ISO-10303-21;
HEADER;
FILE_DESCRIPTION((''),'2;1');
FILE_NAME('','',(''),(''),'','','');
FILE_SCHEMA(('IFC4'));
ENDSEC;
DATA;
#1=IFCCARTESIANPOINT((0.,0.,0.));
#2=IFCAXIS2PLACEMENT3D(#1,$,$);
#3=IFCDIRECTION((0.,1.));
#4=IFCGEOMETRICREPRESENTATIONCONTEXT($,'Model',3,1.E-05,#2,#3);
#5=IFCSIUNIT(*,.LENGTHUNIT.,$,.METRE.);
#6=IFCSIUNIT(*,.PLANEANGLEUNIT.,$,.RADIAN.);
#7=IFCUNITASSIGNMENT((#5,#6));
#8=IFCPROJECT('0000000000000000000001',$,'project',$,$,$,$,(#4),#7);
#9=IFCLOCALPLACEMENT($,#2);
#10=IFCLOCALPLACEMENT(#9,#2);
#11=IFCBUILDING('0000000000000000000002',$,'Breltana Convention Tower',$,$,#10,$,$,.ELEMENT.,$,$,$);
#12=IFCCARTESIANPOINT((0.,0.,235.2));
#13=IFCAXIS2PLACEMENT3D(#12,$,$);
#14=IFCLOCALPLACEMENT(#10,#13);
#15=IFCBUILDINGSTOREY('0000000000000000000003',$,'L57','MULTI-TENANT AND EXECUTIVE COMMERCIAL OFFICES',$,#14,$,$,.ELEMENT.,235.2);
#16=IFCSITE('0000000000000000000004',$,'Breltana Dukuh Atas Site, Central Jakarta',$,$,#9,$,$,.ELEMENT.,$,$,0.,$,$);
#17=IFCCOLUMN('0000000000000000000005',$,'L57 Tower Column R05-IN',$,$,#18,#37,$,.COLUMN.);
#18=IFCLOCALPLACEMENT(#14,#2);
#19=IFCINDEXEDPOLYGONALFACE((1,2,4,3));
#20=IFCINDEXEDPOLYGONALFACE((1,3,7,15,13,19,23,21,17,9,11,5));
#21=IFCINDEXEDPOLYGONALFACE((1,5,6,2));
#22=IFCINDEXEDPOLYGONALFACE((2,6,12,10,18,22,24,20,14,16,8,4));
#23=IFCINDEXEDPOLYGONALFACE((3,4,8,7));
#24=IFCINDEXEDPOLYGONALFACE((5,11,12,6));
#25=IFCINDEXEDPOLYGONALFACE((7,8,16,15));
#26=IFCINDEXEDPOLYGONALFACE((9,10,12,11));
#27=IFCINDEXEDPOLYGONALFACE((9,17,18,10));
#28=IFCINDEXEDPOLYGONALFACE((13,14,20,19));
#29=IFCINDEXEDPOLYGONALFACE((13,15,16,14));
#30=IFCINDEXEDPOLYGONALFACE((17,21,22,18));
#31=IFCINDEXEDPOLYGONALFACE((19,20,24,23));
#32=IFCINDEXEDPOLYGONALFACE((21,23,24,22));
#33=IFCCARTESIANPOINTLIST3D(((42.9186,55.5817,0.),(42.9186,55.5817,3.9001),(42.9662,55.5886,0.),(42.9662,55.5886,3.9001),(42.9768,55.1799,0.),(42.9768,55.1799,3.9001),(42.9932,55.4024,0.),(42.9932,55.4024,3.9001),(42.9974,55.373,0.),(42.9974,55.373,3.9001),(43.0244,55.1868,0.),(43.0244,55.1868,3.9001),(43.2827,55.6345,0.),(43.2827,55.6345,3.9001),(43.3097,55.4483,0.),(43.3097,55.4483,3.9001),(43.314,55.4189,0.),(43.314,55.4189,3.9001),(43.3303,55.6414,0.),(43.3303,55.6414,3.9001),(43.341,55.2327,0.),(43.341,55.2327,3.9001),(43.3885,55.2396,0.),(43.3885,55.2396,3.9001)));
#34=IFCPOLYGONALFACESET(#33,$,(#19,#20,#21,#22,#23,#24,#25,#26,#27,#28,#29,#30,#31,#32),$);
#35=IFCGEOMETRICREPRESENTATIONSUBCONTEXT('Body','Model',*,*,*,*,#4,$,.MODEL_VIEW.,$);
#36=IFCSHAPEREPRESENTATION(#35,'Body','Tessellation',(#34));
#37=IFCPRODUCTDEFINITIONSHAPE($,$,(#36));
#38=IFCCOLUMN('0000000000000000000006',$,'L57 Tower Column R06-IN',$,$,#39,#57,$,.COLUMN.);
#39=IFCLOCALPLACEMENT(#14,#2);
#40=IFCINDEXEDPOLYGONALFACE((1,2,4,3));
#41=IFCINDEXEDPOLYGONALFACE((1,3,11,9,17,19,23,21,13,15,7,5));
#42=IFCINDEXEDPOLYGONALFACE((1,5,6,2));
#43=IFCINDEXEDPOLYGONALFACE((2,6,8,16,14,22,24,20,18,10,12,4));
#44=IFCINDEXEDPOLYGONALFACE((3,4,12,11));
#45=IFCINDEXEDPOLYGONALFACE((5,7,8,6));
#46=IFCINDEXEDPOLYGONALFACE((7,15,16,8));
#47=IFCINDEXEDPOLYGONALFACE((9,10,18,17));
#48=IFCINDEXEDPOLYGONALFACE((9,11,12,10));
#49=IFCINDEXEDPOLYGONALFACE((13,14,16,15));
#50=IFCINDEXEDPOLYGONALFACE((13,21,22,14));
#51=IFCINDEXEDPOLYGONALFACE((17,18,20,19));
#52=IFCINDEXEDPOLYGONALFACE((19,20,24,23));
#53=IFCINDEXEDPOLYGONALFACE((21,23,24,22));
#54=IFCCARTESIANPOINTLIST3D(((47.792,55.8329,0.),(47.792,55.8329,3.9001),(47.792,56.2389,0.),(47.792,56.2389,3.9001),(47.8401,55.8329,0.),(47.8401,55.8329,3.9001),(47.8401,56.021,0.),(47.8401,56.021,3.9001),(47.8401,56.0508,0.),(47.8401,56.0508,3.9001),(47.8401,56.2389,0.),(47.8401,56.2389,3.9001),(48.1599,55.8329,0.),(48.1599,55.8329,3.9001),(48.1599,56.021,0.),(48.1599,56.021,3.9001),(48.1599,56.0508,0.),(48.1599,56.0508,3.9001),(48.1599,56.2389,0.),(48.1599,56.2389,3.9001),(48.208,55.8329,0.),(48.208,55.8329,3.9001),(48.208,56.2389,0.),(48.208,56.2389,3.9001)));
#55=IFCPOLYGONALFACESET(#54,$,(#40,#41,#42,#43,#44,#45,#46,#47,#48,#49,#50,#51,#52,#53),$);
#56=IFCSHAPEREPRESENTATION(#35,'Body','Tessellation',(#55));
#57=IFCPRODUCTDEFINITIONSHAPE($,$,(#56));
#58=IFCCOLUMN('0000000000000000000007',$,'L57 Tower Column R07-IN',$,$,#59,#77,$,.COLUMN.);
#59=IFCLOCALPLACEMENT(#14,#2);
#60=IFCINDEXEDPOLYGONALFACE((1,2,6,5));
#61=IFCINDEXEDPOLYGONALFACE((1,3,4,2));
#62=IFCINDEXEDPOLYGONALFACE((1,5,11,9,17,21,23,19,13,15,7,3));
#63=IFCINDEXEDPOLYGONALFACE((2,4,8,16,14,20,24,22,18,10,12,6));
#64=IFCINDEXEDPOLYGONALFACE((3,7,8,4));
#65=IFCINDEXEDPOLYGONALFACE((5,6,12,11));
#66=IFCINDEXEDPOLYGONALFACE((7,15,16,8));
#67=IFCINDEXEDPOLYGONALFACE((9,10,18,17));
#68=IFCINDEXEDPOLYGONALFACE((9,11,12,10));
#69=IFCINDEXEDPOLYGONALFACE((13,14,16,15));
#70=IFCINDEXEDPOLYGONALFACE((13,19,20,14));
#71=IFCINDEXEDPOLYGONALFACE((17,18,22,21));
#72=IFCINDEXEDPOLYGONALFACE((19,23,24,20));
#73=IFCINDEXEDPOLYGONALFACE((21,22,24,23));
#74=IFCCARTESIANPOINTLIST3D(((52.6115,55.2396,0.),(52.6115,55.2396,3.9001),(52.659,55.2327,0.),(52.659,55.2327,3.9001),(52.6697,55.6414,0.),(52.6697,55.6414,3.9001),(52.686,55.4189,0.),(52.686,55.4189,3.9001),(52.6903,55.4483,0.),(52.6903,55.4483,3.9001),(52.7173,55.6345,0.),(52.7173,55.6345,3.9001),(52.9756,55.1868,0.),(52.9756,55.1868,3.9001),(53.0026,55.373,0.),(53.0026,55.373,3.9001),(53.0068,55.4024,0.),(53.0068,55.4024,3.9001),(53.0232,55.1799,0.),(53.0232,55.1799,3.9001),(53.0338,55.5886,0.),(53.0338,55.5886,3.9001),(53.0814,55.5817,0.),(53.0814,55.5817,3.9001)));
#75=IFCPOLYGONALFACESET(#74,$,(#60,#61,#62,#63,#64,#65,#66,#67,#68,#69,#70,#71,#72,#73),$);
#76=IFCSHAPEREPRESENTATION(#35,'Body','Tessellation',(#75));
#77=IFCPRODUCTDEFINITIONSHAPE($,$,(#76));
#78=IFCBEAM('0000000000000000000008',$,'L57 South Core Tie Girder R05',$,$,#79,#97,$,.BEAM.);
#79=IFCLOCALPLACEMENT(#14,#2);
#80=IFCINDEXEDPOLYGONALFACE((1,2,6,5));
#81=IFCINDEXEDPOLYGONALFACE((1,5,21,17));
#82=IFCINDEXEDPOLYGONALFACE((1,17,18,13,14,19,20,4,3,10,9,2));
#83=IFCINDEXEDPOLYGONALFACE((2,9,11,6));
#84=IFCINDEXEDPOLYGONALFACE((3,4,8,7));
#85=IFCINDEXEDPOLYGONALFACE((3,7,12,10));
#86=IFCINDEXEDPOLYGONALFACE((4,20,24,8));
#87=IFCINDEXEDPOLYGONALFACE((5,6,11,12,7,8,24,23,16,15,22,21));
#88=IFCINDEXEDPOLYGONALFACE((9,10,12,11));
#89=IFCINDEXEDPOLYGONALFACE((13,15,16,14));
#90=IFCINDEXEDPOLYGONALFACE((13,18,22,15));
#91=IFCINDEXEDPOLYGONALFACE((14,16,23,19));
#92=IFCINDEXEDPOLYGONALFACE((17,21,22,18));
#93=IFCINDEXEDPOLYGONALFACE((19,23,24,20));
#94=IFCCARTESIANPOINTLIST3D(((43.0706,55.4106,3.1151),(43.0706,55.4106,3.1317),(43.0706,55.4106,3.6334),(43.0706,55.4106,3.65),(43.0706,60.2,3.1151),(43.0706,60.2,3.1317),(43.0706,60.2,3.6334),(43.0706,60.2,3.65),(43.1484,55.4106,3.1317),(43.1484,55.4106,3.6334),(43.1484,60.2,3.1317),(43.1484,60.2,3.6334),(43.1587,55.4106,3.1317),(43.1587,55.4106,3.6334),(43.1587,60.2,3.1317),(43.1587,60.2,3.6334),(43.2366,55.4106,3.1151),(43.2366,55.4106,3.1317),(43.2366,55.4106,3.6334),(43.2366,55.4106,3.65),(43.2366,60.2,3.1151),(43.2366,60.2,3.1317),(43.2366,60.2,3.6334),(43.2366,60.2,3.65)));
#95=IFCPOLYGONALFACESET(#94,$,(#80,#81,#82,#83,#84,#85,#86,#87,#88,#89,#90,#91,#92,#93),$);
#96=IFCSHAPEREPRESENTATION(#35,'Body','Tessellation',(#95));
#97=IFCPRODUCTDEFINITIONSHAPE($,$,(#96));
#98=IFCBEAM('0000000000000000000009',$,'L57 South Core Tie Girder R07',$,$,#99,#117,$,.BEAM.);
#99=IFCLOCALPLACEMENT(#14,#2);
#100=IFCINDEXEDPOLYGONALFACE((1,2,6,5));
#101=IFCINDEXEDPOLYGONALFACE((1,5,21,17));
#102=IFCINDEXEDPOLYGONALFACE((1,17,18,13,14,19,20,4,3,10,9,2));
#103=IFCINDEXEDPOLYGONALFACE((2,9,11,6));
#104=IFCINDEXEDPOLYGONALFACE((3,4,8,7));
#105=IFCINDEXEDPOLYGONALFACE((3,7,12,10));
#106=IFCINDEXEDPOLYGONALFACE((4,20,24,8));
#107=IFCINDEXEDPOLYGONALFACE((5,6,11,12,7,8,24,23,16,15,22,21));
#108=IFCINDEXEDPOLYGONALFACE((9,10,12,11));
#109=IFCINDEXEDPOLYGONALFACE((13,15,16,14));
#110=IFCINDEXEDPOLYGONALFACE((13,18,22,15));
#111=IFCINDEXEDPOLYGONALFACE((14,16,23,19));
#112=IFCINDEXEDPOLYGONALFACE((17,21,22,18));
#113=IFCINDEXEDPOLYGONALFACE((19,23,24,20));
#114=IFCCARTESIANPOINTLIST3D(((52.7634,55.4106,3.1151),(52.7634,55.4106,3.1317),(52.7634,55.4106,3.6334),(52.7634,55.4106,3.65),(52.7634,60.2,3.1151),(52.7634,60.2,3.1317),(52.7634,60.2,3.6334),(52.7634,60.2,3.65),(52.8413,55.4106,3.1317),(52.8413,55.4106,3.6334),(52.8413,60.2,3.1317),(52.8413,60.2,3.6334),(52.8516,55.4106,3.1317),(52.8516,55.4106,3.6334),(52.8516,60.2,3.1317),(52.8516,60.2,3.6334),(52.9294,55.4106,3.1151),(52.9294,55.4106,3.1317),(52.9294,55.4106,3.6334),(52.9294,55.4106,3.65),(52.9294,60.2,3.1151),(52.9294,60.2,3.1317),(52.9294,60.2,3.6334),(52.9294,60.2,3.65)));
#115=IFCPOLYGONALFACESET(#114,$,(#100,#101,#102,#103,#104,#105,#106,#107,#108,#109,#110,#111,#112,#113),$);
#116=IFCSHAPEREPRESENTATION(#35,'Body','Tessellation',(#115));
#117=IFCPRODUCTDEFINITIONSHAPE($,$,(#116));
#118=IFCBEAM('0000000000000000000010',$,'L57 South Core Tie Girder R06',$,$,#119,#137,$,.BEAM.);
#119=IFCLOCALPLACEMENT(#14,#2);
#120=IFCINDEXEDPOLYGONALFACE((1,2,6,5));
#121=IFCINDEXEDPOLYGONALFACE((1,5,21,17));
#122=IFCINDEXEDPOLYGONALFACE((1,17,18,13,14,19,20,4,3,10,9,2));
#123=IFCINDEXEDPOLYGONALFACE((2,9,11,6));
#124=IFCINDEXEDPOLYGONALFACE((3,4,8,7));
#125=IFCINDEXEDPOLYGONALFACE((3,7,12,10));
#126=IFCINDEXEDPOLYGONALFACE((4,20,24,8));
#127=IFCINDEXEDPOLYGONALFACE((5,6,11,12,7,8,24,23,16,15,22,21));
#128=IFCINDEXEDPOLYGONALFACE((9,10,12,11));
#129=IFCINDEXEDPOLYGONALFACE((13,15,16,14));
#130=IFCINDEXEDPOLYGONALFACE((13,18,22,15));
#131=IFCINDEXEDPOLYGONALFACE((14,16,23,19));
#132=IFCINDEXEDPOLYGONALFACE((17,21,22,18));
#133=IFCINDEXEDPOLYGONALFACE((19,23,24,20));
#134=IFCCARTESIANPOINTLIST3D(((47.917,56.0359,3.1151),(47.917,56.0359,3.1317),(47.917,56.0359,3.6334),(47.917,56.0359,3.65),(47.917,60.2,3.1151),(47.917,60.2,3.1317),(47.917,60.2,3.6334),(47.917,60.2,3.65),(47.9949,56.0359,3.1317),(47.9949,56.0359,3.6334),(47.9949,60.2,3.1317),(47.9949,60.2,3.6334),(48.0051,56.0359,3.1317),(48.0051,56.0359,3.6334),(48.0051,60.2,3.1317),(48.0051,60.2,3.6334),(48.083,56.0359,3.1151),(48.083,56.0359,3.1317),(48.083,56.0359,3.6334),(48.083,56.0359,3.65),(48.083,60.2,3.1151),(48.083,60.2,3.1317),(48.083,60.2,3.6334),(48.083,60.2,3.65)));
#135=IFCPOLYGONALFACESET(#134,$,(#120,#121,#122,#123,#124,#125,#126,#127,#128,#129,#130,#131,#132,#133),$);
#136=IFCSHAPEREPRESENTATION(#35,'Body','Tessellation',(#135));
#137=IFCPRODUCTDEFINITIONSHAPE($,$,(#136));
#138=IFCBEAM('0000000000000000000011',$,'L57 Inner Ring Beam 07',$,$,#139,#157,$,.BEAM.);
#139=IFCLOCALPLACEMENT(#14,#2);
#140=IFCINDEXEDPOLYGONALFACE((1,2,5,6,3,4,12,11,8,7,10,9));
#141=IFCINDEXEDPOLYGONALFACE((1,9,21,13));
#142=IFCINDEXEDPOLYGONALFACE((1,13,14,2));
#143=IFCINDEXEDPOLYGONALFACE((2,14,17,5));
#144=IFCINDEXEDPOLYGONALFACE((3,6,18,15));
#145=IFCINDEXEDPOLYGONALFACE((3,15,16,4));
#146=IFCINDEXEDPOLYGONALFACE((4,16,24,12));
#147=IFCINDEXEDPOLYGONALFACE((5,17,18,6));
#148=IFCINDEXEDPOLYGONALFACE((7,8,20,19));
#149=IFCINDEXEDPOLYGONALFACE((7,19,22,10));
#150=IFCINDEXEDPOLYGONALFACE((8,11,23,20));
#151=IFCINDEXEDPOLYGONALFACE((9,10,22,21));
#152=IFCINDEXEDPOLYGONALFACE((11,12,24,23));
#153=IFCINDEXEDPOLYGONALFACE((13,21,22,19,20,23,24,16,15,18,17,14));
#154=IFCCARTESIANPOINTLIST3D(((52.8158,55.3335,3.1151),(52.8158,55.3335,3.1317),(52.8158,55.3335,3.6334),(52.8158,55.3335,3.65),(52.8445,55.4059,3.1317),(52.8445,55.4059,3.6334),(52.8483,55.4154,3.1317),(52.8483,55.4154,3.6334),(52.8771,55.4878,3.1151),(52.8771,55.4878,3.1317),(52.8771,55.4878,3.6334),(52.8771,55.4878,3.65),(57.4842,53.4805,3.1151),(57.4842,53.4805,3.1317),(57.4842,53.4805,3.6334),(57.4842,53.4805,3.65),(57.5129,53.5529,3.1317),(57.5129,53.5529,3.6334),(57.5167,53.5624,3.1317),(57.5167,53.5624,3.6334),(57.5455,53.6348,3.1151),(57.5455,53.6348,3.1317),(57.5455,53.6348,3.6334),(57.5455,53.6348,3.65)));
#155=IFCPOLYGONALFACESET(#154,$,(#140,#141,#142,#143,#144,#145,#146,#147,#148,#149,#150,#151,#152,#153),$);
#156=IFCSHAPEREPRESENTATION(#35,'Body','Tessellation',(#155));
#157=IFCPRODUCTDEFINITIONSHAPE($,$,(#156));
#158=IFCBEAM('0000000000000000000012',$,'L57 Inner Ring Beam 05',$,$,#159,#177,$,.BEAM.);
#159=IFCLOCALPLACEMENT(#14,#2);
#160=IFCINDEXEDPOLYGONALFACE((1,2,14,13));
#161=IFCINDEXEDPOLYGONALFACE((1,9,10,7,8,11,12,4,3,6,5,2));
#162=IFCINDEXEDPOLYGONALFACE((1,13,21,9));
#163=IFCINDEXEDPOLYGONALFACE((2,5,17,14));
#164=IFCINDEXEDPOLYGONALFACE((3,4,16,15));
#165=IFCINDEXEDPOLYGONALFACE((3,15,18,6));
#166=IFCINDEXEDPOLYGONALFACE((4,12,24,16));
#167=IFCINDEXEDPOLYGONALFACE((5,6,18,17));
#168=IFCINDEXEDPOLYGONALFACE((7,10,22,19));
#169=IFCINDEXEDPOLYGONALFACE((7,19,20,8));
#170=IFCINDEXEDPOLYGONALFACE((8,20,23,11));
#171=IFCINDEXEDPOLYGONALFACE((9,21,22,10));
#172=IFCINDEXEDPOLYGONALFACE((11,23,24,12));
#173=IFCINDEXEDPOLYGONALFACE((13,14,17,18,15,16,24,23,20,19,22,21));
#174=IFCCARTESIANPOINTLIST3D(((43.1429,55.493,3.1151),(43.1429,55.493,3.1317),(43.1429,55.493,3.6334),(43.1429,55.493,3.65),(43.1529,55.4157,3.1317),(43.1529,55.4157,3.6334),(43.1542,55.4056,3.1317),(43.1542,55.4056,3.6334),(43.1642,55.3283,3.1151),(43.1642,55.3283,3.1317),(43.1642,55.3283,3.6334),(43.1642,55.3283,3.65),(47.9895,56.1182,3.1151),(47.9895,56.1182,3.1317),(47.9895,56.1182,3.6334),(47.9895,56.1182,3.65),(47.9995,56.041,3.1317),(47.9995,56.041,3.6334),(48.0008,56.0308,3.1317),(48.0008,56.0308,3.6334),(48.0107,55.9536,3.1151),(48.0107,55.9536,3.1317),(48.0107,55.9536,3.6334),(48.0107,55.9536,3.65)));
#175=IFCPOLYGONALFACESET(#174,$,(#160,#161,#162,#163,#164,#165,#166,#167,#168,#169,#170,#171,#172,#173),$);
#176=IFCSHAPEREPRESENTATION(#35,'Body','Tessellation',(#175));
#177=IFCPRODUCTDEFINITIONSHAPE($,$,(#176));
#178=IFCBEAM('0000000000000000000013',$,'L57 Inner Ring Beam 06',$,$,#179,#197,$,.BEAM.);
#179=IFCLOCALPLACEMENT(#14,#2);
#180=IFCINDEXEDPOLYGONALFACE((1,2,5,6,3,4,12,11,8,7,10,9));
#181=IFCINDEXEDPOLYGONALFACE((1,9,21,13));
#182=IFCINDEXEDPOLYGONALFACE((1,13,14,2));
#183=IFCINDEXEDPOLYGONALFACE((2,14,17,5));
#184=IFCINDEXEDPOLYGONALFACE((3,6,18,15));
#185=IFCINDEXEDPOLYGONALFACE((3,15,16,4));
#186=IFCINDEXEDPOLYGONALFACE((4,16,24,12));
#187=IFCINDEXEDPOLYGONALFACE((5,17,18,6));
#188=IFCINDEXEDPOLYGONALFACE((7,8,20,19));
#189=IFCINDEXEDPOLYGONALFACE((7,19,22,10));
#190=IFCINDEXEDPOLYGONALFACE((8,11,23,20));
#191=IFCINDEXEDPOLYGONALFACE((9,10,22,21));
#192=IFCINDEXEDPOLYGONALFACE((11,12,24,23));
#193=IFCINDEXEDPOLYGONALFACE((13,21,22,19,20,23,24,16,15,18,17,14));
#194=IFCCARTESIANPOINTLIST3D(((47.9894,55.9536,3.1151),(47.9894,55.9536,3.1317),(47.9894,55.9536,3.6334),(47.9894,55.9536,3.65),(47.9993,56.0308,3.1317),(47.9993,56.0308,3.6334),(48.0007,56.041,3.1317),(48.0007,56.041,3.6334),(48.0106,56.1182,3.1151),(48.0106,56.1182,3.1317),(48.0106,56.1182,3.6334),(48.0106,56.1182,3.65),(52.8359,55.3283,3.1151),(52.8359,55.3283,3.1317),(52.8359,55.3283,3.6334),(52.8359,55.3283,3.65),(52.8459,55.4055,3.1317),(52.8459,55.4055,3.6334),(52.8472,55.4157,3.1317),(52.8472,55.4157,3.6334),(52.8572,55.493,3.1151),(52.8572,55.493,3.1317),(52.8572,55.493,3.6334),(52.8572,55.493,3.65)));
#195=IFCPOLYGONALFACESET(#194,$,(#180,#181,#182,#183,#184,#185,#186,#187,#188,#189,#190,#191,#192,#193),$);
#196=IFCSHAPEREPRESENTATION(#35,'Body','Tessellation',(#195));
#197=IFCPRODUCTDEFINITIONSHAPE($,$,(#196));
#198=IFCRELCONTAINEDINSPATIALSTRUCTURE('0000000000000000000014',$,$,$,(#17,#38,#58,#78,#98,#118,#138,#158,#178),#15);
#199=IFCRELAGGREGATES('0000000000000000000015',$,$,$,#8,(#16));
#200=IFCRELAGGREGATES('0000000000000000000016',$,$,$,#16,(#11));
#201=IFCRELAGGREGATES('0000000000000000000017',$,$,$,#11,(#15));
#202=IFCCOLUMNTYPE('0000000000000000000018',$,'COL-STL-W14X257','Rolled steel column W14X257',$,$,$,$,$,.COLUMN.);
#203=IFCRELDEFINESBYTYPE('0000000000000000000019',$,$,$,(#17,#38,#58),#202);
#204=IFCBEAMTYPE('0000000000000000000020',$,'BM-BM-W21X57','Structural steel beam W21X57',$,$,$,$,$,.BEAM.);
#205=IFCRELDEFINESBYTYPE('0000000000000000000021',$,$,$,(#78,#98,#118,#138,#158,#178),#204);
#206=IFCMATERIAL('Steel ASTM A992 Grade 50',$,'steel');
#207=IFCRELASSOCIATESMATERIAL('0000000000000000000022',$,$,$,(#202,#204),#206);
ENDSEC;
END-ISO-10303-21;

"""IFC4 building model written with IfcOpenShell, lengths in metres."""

from ifc_helpers import new_model, si_unit, direction, frame, origin, origin_2d, place, context, subcontext, project, spatial, i_section, extrude, source, transform, mapped, material, material_profile, profile_set, type_object, element, save


model = new_model("IFC4")

# Units and contexts
model_context = context("Model", 3, precision=1e-05, world=origin(), true_north=direction((0.0, 1.0)))
body_context = subcontext(model_context, "Body", "Model", "MODEL_VIEW")
ifc_project = project(units=[si_unit("LENGTHUNIT", "METRE"), si_unit("PLANEANGLEUNIT", "RADIAN")], contexts=[model_context])

# Site, building, storey
site_placement = place(None, origin())
site = spatial("IfcSite", under=ifc_project, at=site_placement, Name="Breltana Dukuh Atas Site, Central Jakarta", CompositionType="ELEMENT", RefElevation=0.0)
building_placement = place(site_placement, origin())
building = spatial("IfcBuilding", under=site, at=building_placement, Name="Breltana Convention Tower", CompositionType="ELEMENT")
storey_placement = place(building_placement, frame((0.0, 0.0, 235.2)))
storey = spatial("IfcBuildingStorey", under=building, at=storey_placement, Name="L57", Description="MULTI-TENANT AND EXECUTIVE COMMERCIAL OFFICES", CompositionType="ELEMENT", Elevation=235.2)

# Columns
ifc_material_1 = material(Name="Steel ASTM A992 Grade 50", Category="steel")
ifc_material_profile_1 = material_profile(ifc_material_1, i_section(OverallWidth=0.406, OverallDepth=0.416, WebThickness=0.0298, FlangeThickness=0.0481, at=origin_2d()), Name="W14X257")
ifc_profile_set_1 = profile_set([ifc_material_profile_1], Name="Steel ASTM A992 Grade 50")
column_type = type_object("IfcColumnType", Name="COL-STL-W14X257", Description="Rolled steel column W14X257", PredefinedType="COLUMN", material=ifc_profile_set_1)
shared_shape_1 = source(origin(), body_context, "Body", "SweptSolid", [
    extrude(i_section(OverallWidth=0.406, OverallDepth=0.416, WebThickness=0.0298, FlangeThickness=0.0481, at=origin_2d()), origin(), (0.0, 0.0, 1.0), 3.9001),
])
for number, where, z_axis, x_axis, name in (
    (1, (43.1536, 55.4106, 0.0), (0.0, 0.0, 1.0), (-0.143493, 0.989651, 0.0), "L57 Tower Column R05-IN"),
    (2, (48.0, 56.0359, 0.0), (0.0, 0.0, 1.0), (0.0, 1.0, 0.0), "L57 Tower Column R06-IN"),
    (3, (52.8464, 55.4106, 0.0), (0.0, 0.0, 1.0), (0.143493, 0.989651, 0.0), "L57 Tower Column R07-IN"),
):
    element("IfcColumn", number, at=place(storey_placement, frame(where, z_axis=z_axis, x_axis=x_axis)), inside=storey, type_object=column_type, Name=name, PredefinedType="COLUMN", context=body_context, shape_type="MappedRepresentation", body=[
        mapped(shared_shape_1, transform((0.0, 0.0, 0.0), scale=1.0)),
    ])

# Beams
ifc_material_profile_2 = material_profile(ifc_material_1, i_section(OverallWidth=0.166, OverallDepth=0.5349, WebThickness=0.0103, FlangeThickness=0.0166, at=origin_2d()), Name="W21X57")
ifc_profile_set_2 = profile_set([ifc_material_profile_2], Name="Steel ASTM A992 Grade 50")
beam_type = type_object("IfcBeamType", Name="BM-BM-W21X57", Description="Structural steel beam W21X57", PredefinedType="BEAM", material=ifc_profile_set_2)
shared_shape_2 = source(origin(), body_context, "Body", "SweptSolid", [
    extrude(i_section(OverallWidth=0.166, OverallDepth=0.5349, WebThickness=0.0103, FlangeThickness=0.0166, at=origin_2d()), origin(), (0.0, 0.0, 1.0), 4.7893),
])
for number, where, z_axis, x_axis, name in (
    (4, (43.1536, 60.2, 3.3826), (0.0, -1.0, 0.0), (1.0, 0.0, 0.0), "L57 South Core Tie Girder R05"),
    (5, (52.8464, 60.2, 3.3826), (0.0, -1.0, 0.0), (1.0, 0.0, 0.0), "L57 South Core Tie Girder R07"),
):
    element("IfcBeam", number, at=place(storey_placement, frame(where, z_axis=z_axis, x_axis=x_axis)), inside=storey, type_object=beam_type, Name=name, PredefinedType="BEAM", context=body_context, shape_type="MappedRepresentation", body=[
        mapped(shared_shape_2, transform((0.0, 0.0, 0.0), scale=1.0)),
    ])
shared_shape_3 = source(origin(), body_context, "Body", "SweptSolid", [
    extrude(i_section(OverallWidth=0.166, OverallDepth=0.5349, WebThickness=0.0103, FlangeThickness=0.0166, at=origin_2d()), origin(), (0.0, 0.0, 1.0), 4.1641),
])
beam_1_placement = place(storey_placement, frame((48.0, 60.2, 3.3826), z_axis=(0.0, -1.0, 0.0), x_axis=(1.0, 0.0, 0.0)))
element("IfcBeam", 6, at=beam_1_placement, inside=storey, type_object=beam_type, Name="L57 South Core Tie Girder R06", PredefinedType="BEAM", context=body_context, shape_type="MappedRepresentation", body=[
    mapped(shared_shape_3, transform((0.0, 0.0, 0.0), scale=1.0)),
])
shared_shape_4 = source(origin(), body_context, "Body", "SweptSolid", [
    extrude(i_section(OverallWidth=0.166, OverallDepth=0.5349, WebThickness=0.0103, FlangeThickness=0.0166, at=origin_2d()), origin(), (0.0, 0.0, 1.0), 5.0227),
])
beam_2_placement = place(storey_placement, frame((52.8464, 55.4106, 3.3826), z_axis=(0.929459, -0.368926, 0.0), x_axis=(0.368926, 0.929459, 0.0)))
element("IfcBeam", 7, at=beam_2_placement, inside=storey, type_object=beam_type, Name="L57 Inner Ring Beam 07", PredefinedType="BEAM", context=body_context, shape_type="MappedRepresentation", body=[
    mapped(shared_shape_4, transform((0.0, 0.0, 0.0), scale=1.0)),
])
shared_shape_5 = source(origin(), body_context, "Body", "SweptSolid", [
    extrude(i_section(OverallWidth=0.166, OverallDepth=0.5349, WebThickness=0.0103, FlangeThickness=0.0166, at=origin_2d()), origin(), (0.0, 0.0, 1.0), 4.8867),
])
for number, where, z_axis, x_axis, name in (
    (8, (43.1536, 55.4106, 3.3826), (0.991781, 0.127951, 0.0), (-0.127951, 0.991781, 0.0), "L57 Inner Ring Beam 05"),
    (9, (48.0, 56.0359, 3.3826), (0.991781, -0.127951, 0.0), (0.127951, 0.991781, 0.0), "L57 Inner Ring Beam 06"),
):
    element("IfcBeam", number, at=place(storey_placement, frame(where, z_axis=z_axis, x_axis=x_axis)), inside=storey, type_object=beam_type, Name=name, PredefinedType="BEAM", context=body_context, shape_type="MappedRepresentation", body=[
        mapped(shared_shape_5, transform((0.0, 0.0, 0.0), scale=1.0)),
    ])

save(model, "model.ifc")
